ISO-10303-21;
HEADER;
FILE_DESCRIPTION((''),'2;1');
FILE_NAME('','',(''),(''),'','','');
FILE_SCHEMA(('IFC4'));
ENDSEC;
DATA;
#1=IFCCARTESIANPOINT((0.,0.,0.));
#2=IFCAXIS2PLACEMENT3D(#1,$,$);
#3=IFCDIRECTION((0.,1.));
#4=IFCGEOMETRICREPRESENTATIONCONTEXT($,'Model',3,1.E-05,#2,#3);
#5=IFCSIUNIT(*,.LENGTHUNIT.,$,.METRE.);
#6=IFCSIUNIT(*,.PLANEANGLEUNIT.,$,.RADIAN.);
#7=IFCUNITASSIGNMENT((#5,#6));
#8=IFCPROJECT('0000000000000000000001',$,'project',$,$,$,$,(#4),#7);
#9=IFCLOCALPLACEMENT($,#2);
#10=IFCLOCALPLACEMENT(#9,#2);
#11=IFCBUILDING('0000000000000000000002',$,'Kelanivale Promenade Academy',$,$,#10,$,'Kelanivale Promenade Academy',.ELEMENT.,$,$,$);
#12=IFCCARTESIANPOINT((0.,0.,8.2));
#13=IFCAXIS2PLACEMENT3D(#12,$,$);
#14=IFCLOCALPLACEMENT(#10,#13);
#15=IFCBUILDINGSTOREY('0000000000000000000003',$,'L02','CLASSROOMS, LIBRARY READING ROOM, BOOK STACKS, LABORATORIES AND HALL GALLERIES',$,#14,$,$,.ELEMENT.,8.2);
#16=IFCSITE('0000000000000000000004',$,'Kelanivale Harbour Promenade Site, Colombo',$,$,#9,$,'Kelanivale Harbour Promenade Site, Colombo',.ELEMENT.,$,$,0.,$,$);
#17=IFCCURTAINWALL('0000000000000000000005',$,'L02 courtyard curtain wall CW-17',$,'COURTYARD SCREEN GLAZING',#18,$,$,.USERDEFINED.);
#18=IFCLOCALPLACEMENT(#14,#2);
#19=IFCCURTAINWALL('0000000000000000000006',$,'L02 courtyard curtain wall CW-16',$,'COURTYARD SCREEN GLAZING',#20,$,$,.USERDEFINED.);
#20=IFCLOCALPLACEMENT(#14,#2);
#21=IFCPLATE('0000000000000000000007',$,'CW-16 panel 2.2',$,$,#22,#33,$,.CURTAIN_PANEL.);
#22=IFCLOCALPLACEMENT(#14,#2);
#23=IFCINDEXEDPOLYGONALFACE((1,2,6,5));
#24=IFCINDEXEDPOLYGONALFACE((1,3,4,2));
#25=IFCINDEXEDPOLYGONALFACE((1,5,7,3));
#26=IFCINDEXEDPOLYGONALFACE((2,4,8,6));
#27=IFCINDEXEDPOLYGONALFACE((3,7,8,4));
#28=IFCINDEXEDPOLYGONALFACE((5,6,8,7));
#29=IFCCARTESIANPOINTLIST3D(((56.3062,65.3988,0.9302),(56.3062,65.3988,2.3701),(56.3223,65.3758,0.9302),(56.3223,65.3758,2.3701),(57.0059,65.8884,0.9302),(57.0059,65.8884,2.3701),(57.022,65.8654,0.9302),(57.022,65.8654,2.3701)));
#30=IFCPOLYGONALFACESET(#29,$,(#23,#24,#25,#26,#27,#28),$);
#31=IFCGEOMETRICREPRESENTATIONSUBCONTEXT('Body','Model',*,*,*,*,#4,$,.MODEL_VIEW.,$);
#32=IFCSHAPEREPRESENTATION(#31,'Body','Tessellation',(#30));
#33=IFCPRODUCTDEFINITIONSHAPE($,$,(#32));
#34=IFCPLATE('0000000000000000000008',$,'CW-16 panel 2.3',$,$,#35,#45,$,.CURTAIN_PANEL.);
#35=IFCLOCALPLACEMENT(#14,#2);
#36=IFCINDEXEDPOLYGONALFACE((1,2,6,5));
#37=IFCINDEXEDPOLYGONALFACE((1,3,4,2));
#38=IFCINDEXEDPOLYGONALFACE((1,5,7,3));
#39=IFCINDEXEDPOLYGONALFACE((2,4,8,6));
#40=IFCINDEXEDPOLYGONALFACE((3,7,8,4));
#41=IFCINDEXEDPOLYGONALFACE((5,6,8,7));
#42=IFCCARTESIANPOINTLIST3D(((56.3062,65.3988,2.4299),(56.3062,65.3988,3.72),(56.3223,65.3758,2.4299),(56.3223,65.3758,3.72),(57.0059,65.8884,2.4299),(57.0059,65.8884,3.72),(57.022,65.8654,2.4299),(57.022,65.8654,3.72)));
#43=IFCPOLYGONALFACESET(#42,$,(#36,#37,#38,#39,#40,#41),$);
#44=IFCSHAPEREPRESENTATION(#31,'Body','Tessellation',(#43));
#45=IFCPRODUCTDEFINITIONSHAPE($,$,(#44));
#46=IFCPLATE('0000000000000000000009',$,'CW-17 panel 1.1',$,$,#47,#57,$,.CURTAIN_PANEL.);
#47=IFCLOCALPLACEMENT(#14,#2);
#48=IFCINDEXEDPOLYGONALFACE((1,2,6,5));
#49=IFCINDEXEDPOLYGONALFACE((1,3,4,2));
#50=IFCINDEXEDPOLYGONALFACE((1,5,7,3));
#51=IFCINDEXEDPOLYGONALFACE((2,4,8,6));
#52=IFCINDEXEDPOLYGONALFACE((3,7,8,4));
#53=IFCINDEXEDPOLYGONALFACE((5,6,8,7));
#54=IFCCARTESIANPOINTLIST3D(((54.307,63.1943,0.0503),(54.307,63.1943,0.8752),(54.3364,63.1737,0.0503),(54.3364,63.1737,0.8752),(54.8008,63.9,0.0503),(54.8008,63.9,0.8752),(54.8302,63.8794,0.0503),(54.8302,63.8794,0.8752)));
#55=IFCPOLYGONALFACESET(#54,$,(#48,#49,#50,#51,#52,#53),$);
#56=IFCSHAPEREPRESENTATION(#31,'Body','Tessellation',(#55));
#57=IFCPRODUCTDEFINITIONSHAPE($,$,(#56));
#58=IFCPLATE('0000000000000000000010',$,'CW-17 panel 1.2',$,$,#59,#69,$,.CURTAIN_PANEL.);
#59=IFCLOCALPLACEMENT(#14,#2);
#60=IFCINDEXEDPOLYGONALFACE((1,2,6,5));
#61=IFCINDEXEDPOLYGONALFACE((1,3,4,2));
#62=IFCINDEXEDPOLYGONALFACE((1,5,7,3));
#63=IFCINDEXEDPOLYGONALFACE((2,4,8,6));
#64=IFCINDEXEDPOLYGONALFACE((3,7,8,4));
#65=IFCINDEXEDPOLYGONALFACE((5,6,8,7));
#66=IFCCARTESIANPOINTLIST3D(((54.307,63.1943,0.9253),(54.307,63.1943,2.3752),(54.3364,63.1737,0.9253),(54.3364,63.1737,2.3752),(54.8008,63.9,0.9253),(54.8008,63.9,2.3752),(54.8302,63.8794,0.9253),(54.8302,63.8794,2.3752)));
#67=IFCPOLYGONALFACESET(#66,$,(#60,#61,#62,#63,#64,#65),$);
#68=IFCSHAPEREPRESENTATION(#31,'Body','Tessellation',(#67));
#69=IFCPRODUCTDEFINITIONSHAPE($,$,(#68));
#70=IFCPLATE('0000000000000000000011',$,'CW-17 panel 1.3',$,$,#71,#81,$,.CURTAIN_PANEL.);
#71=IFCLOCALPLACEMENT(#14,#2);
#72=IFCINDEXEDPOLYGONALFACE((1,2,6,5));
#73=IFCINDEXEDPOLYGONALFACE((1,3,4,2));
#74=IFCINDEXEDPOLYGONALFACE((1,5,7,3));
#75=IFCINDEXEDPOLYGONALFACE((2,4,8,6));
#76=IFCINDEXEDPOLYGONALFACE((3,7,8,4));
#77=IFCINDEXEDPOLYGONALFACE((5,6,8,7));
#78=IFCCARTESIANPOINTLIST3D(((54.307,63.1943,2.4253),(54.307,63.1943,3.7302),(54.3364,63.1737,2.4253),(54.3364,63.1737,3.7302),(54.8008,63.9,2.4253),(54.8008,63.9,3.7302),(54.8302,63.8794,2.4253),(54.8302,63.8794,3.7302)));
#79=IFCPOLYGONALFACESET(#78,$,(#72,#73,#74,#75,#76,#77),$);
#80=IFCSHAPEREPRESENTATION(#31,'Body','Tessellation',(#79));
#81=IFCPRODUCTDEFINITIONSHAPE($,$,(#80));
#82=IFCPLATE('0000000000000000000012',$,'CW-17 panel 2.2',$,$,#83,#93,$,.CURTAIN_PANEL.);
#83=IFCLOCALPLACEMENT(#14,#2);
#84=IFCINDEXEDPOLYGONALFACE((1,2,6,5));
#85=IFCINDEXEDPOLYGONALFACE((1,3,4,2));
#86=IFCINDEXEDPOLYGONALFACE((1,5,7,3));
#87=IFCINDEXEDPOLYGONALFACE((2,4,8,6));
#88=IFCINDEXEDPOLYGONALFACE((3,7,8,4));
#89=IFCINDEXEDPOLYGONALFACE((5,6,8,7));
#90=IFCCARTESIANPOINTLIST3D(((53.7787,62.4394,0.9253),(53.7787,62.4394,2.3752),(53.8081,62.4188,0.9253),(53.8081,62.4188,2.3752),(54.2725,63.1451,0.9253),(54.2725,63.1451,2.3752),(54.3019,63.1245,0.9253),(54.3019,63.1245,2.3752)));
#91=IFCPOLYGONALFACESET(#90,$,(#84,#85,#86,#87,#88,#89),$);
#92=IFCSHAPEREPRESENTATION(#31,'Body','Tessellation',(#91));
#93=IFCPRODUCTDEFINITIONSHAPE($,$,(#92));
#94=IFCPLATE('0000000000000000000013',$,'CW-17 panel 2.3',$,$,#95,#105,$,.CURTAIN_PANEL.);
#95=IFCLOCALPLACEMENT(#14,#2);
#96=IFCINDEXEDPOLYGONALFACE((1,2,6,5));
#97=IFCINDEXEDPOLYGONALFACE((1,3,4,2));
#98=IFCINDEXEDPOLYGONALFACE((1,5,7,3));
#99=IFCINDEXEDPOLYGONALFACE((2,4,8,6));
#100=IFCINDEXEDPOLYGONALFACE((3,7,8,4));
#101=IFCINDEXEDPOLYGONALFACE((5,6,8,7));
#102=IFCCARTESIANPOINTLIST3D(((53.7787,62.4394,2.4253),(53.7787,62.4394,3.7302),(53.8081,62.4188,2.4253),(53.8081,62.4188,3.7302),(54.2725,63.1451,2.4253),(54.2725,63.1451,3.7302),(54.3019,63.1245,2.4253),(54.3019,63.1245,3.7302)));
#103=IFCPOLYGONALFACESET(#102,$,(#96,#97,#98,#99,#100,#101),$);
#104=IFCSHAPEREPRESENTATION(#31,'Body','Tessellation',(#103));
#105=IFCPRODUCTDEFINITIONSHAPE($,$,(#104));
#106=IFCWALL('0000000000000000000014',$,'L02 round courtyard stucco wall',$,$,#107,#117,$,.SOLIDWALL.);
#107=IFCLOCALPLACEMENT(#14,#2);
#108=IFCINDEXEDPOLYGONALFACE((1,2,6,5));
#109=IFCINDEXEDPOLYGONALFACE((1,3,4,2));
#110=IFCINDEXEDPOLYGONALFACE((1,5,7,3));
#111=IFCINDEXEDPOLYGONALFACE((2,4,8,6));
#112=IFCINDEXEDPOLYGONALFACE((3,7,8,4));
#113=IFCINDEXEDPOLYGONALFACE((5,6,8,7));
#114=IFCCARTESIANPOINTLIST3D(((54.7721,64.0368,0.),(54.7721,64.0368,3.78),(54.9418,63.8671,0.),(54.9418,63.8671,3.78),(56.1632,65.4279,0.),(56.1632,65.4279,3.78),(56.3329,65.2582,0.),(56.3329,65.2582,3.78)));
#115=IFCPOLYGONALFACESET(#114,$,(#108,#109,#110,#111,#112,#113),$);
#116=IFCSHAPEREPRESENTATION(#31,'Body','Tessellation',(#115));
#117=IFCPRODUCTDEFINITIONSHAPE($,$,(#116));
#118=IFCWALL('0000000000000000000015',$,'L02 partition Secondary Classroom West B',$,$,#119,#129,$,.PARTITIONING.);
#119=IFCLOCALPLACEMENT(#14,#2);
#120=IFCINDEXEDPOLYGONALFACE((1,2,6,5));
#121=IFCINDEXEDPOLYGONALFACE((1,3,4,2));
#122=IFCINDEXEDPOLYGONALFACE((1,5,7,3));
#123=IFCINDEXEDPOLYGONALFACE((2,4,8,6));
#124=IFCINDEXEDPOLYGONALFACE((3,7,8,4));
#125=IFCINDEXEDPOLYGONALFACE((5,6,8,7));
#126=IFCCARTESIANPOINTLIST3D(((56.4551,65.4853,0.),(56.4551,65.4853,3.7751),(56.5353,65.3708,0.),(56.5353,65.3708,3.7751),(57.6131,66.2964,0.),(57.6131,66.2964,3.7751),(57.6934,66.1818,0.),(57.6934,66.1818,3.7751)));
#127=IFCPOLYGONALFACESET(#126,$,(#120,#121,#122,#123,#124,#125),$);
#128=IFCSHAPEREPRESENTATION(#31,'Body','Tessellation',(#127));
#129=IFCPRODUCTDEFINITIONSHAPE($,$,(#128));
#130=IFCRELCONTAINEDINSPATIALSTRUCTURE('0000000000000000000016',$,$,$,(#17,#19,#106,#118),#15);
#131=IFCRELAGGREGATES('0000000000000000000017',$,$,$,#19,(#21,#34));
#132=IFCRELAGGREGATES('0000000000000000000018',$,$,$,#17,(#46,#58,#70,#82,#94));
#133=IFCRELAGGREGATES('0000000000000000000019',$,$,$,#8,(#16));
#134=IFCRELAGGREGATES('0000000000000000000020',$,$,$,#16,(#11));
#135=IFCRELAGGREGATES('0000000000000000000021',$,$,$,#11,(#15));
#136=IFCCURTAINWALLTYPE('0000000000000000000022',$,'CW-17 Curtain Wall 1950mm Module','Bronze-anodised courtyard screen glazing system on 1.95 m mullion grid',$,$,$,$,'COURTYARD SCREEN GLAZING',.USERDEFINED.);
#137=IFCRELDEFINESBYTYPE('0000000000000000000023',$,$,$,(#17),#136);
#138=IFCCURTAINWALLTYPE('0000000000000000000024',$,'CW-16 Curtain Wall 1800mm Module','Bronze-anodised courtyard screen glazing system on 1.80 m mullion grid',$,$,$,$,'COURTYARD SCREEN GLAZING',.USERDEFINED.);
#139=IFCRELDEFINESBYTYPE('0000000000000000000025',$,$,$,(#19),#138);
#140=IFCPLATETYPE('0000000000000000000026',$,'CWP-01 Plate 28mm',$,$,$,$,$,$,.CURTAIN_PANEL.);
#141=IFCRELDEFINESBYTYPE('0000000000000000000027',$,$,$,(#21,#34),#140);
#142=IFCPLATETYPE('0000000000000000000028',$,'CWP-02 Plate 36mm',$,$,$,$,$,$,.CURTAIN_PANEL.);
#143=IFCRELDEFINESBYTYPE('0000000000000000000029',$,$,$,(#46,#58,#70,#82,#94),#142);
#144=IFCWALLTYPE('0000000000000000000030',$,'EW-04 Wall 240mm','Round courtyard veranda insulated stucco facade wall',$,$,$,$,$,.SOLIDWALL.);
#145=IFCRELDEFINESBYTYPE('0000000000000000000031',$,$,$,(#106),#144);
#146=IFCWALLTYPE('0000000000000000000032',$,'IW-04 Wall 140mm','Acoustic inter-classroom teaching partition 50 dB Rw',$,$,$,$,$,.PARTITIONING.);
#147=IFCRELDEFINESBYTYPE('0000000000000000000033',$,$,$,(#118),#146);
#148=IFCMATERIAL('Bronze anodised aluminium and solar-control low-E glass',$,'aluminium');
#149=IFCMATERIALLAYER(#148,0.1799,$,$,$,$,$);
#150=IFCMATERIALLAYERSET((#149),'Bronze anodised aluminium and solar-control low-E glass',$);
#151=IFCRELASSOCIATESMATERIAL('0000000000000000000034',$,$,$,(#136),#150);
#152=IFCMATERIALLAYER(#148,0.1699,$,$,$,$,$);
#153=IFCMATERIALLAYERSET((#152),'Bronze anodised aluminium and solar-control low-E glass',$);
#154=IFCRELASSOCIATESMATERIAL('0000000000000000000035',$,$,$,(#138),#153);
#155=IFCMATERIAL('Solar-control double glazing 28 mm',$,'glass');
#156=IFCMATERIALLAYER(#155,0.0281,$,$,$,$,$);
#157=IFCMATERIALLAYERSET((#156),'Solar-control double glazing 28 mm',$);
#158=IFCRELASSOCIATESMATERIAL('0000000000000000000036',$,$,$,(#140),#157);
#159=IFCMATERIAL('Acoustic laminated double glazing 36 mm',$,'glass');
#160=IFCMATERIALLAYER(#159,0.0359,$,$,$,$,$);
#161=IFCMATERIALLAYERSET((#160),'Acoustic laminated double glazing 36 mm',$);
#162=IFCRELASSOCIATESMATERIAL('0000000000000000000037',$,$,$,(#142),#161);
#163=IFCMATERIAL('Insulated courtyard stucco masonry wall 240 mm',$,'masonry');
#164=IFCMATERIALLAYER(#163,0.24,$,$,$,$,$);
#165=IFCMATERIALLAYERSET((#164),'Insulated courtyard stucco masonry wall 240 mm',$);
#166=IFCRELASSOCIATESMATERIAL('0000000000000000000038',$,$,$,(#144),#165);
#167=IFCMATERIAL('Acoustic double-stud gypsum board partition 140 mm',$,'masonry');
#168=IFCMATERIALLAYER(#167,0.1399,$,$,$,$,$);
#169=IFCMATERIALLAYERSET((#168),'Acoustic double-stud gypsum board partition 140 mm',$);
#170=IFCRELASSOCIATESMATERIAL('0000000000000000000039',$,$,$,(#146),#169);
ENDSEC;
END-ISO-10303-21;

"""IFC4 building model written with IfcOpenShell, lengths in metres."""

from ifc_helpers import new_model, si_unit, direction, frame, frame_2d, origin, origin_2d, place, context, subcontext, project, spatial, rectangle, extrude, material, layer, layer_set, type_object, element, aggregate, save


model = new_model("IFC4")

# Units and contexts
model_context = context("Model", 3, precision=1e-05, world=origin(), true_north=direction((0.0, 1.0)))
body_context = subcontext(model_context, "Body", "Model", "MODEL_VIEW")
ifc_project = project(units=[si_unit("LENGTHUNIT", "METRE"), si_unit("PLANEANGLEUNIT", "RADIAN")], contexts=[model_context])

# Site, building, storey
site_placement = place(None, origin())
site = spatial("IfcSite", under=ifc_project, at=site_placement, Name="Kelanivale Harbour Promenade Site, Colombo", LongName="Kelanivale Harbour Promenade Site, Colombo", CompositionType="ELEMENT", RefElevation=0.0)
building_placement = place(site_placement, origin())
building = spatial("IfcBuilding", under=site, at=building_placement, Name="Kelanivale Promenade Academy", LongName="Kelanivale Promenade Academy", CompositionType="ELEMENT")
storey_placement = place(building_placement, frame((0.0, 0.0, 8.2)))
storey = spatial("IfcBuildingStorey", under=building, at=storey_placement, Name="L02", Description="CLASSROOMS, LIBRARY READING ROOM, BOOK STACKS, LABORATORIES AND HALL GALLERIES", CompositionType="ELEMENT", Elevation=8.2)

# Curtain walls
ifc_material_1 = material(Name="Bronze anodised aluminium and solar-control low-E glass", Category="aluminium")
ifc_layer_1 = layer(ifc_material_1, 0.1799)
ifc_layer_set_1 = layer_set([ifc_layer_1], Name="Bronze anodised aluminium and solar-control low-E glass")
curtain_wall_type_1 = type_object("IfcCurtainWallType", Name="CW-17 Curtain Wall 1950mm Module", Description="Bronze-anodised courtyard screen glazing system on 1.95 m mullion grid", ElementType="COURTYARD SCREEN GLAZING", PredefinedType="USERDEFINED", material=ifc_layer_set_1)
curtain_wall_1_placement = place(storey_placement, origin())
curtain_wall_1 = element("IfcCurtainWall", 1, at=curtain_wall_1_placement, inside=storey, type_object=curtain_wall_type_1, Name="L02 courtyard curtain wall CW-17", ObjectType="COURTYARD SCREEN GLAZING", PredefinedType="USERDEFINED")
ifc_layer_2 = layer(ifc_material_1, 0.1699)
ifc_layer_set_2 = layer_set([ifc_layer_2], Name="Bronze anodised aluminium and solar-control low-E glass")
curtain_wall_type_2 = type_object("IfcCurtainWallType", Name="CW-16 Curtain Wall 1800mm Module", Description="Bronze-anodised courtyard screen glazing system on 1.80 m mullion grid", ElementType="COURTYARD SCREEN GLAZING", PredefinedType="USERDEFINED", material=ifc_layer_set_2)
curtain_wall_2_placement = place(storey_placement, origin())
curtain_wall_2 = element("IfcCurtainWall", 2, at=curtain_wall_2_placement, inside=storey, type_object=curtain_wall_type_2, Name="L02 courtyard curtain wall CW-16", ObjectType="COURTYARD SCREEN GLAZING", PredefinedType="USERDEFINED")

# Plates
ifc_material_2 = material(Name="Solar-control double glazing 28 mm", Category="glass")
ifc_layer_3 = layer(ifc_material_2, 0.0281)
ifc_layer_set_3 = layer_set([ifc_layer_3], Name="Solar-control double glazing 28 mm")
plate_type_1 = type_object("IfcPlateType", Name="CWP-01 Plate 28mm", PredefinedType="CURTAIN_PANEL", material=ifc_layer_set_3)
plate_1_placement = place(storey_placement, frame((56.6641, 65.6321, 0.9302), z_axis=(0.0, 0.0, 1.0), x_axis=(-0.819306, -0.573357, 0.0)))
plate_1 = element("IfcPlate", 3, at=plate_1_placement, type_object=plate_type_1, Name="CW-16 panel 2.2", PredefinedType="CURTAIN_PANEL", context=body_context, shape_type="SweptSolid", body=[
    extrude(rectangle(XDim=0.854, YDim=0.0281, at=origin_2d()), origin(), (0.0, 0.0, 1.0), 1.4399),
])
plate_2_placement = place(storey_placement, frame((56.6641, 65.6321, 2.4299), z_axis=(0.0, 0.0, 1.0), x_axis=(-0.819306, -0.573357, 0.0)))
plate_2 = element("IfcPlate", 4, at=plate_2_placement, type_object=plate_type_1, Name="CW-16 panel 2.3", PredefinedType="CURTAIN_PANEL", context=body_context, shape_type="SweptSolid", body=[
    extrude(rectangle(XDim=0.854, YDim=0.0281, at=origin_2d()), origin(), (0.0, 0.0, 1.0), 1.29),
])
aggregate(curtain_wall_2, [plate_1, plate_2])
ifc_material_3 = material(Name="Acoustic laminated double glazing 36 mm", Category="glass")
ifc_layer_4 = layer(ifc_material_3, 0.0359)
ifc_layer_set_4 = layer_set([ifc_layer_4], Name="Acoustic laminated double glazing 36 mm")
plate_type_2 = type_object("IfcPlateType", Name="CWP-02 Plate 36mm", PredefinedType="CURTAIN_PANEL", material=ifc_layer_set_4)
plate_3_placement = place(storey_placement, frame((54.5686, 63.5369, 0.0503), z_axis=(0.0, 0.0, 1.0), x_axis=(-0.573357, -0.819306, 0.0)))
plate_3 = element("IfcPlate", 5, at=plate_3_placement, type_object=plate_type_2, Name="CW-17 panel 1.1", PredefinedType="CURTAIN_PANEL", context=body_context, shape_type="SweptSolid", body=[
    extrude(rectangle(XDim=0.8613, YDim=0.0359, at=origin_2d()), origin(), (0.0, 0.0, 1.0), 0.825),
])
plate_4_placement = place(storey_placement, frame((54.5686, 63.5369, 0.9253), z_axis=(0.0, 0.0, 1.0), x_axis=(-0.573357, -0.819306, 0.0)))
plate_4 = element("IfcPlate", 6, at=plate_4_placement, type_object=plate_type_2, Name="CW-17 panel 1.2", PredefinedType="CURTAIN_PANEL", context=body_context, shape_type="SweptSolid", body=[
    extrude(rectangle(XDim=0.8613, YDim=0.0359, at=origin_2d()), origin(), (0.0, 0.0, 1.0), 1.45),
])
plate_5_placement = place(storey_placement, frame((54.5686, 63.5369, 2.4253), z_axis=(0.0, 0.0, 1.0), x_axis=(-0.573357, -0.819306, 0.0)))
plate_5 = element("IfcPlate", 7, at=plate_5_placement, type_object=plate_type_2, Name="CW-17 panel 1.3", PredefinedType="CURTAIN_PANEL", context=body_context, shape_type="SweptSolid", body=[
    extrude(rectangle(XDim=0.8613, YDim=0.0359, at=origin_2d()), origin(), (0.0, 0.0, 1.0), 1.3049),
])
plate_6_placement = place(storey_placement, frame((54.0403, 62.782, 0.9253), z_axis=(0.0, 0.0, 1.0), x_axis=(-0.573357, -0.819306, 0.0)))
plate_6 = element("IfcPlate", 8, at=plate_6_placement, type_object=plate_type_2, Name="CW-17 panel 2.2", PredefinedType="CURTAIN_PANEL", context=body_context, shape_type="SweptSolid", body=[
    extrude(rectangle(XDim=0.8613, YDim=0.0359, at=origin_2d()), origin(), (0.0, 0.0, 1.0), 1.45),
])
plate_7_placement = place(storey_placement, frame((54.0403, 62.782, 2.4253), z_axis=(0.0, 0.0, 1.0), x_axis=(-0.573357, -0.819306, 0.0)))
plate_7 = element("IfcPlate", 9, at=plate_7_placement, type_object=plate_type_2, Name="CW-17 panel 2.3", PredefinedType="CURTAIN_PANEL", context=body_context, shape_type="SweptSolid", body=[
    extrude(rectangle(XDim=0.8613, YDim=0.0359, at=origin_2d()), origin(), (0.0, 0.0, 1.0), 1.3049),
])
aggregate(curtain_wall_1, [plate_3, plate_4, plate_5, plate_6, plate_7])

# Walls
ifc_material_4 = material(Name="Insulated courtyard stucco masonry wall 240 mm", Category="masonry")
ifc_layer_5 = layer(ifc_material_4, 0.24)
ifc_layer_set_5 = layer_set([ifc_layer_5], Name="Insulated courtyard stucco masonry wall 240 mm")
wall_type_1 = type_object("IfcWallType", Name="EW-04 Wall 240mm", Description="Round courtyard veranda insulated stucco facade wall", PredefinedType="SOLIDWALL", material=ifc_layer_set_5)
wall_1_placement = place(storey_placement, frame((56.248, 65.343, 0.0), z_axis=(0.0, 0.0, 1.0), x_axis=(-0.707107, -0.707107, 0.0)))
element("IfcWall", 10, at=wall_1_placement, inside=storey, type_object=wall_type_1, Name="L02 round courtyard stucco wall", PredefinedType="SOLIDWALL", context=body_context, shape_type="SweptSolid", body=[
    extrude(rectangle(XDim=1.9673, YDim=0.24, at=frame_2d((0.9836, 0.0))), origin(), (0.0, 0.0, 1.0), 3.78),
])
ifc_material_5 = material(Name="Acoustic double-stud gypsum board partition 140 mm", Category="masonry")
ifc_layer_6 = layer(ifc_material_5, 0.1399)
ifc_layer_set_6 = layer_set([ifc_layer_6], Name="Acoustic double-stud gypsum board partition 140 mm")
wall_type_2 = type_object("IfcWallType", Name="IW-04 Wall 140mm", Description="Acoustic inter-classroom teaching partition 50 dB Rw", PredefinedType="PARTITIONING", material=ifc_layer_set_6)
wall_2_placement = place(storey_placement, frame((56.4951, 65.428, 0.0), z_axis=(0.0, 0.0, 1.0), x_axis=(0.819078, 0.573683, 0.0)))
element("IfcWall", 11, at=wall_2_placement, inside=storey, type_object=wall_type_2, Name="L02 partition Secondary Classroom West B", PredefinedType="PARTITIONING", context=body_context, shape_type="SweptSolid", body=[
    extrude(rectangle(XDim=1.4138, YDim=0.1399, at=frame_2d((0.707, 0.0))), origin(), (0.0, 0.0, 1.0), 3.7751),
])

save(model, "model.ifc")
